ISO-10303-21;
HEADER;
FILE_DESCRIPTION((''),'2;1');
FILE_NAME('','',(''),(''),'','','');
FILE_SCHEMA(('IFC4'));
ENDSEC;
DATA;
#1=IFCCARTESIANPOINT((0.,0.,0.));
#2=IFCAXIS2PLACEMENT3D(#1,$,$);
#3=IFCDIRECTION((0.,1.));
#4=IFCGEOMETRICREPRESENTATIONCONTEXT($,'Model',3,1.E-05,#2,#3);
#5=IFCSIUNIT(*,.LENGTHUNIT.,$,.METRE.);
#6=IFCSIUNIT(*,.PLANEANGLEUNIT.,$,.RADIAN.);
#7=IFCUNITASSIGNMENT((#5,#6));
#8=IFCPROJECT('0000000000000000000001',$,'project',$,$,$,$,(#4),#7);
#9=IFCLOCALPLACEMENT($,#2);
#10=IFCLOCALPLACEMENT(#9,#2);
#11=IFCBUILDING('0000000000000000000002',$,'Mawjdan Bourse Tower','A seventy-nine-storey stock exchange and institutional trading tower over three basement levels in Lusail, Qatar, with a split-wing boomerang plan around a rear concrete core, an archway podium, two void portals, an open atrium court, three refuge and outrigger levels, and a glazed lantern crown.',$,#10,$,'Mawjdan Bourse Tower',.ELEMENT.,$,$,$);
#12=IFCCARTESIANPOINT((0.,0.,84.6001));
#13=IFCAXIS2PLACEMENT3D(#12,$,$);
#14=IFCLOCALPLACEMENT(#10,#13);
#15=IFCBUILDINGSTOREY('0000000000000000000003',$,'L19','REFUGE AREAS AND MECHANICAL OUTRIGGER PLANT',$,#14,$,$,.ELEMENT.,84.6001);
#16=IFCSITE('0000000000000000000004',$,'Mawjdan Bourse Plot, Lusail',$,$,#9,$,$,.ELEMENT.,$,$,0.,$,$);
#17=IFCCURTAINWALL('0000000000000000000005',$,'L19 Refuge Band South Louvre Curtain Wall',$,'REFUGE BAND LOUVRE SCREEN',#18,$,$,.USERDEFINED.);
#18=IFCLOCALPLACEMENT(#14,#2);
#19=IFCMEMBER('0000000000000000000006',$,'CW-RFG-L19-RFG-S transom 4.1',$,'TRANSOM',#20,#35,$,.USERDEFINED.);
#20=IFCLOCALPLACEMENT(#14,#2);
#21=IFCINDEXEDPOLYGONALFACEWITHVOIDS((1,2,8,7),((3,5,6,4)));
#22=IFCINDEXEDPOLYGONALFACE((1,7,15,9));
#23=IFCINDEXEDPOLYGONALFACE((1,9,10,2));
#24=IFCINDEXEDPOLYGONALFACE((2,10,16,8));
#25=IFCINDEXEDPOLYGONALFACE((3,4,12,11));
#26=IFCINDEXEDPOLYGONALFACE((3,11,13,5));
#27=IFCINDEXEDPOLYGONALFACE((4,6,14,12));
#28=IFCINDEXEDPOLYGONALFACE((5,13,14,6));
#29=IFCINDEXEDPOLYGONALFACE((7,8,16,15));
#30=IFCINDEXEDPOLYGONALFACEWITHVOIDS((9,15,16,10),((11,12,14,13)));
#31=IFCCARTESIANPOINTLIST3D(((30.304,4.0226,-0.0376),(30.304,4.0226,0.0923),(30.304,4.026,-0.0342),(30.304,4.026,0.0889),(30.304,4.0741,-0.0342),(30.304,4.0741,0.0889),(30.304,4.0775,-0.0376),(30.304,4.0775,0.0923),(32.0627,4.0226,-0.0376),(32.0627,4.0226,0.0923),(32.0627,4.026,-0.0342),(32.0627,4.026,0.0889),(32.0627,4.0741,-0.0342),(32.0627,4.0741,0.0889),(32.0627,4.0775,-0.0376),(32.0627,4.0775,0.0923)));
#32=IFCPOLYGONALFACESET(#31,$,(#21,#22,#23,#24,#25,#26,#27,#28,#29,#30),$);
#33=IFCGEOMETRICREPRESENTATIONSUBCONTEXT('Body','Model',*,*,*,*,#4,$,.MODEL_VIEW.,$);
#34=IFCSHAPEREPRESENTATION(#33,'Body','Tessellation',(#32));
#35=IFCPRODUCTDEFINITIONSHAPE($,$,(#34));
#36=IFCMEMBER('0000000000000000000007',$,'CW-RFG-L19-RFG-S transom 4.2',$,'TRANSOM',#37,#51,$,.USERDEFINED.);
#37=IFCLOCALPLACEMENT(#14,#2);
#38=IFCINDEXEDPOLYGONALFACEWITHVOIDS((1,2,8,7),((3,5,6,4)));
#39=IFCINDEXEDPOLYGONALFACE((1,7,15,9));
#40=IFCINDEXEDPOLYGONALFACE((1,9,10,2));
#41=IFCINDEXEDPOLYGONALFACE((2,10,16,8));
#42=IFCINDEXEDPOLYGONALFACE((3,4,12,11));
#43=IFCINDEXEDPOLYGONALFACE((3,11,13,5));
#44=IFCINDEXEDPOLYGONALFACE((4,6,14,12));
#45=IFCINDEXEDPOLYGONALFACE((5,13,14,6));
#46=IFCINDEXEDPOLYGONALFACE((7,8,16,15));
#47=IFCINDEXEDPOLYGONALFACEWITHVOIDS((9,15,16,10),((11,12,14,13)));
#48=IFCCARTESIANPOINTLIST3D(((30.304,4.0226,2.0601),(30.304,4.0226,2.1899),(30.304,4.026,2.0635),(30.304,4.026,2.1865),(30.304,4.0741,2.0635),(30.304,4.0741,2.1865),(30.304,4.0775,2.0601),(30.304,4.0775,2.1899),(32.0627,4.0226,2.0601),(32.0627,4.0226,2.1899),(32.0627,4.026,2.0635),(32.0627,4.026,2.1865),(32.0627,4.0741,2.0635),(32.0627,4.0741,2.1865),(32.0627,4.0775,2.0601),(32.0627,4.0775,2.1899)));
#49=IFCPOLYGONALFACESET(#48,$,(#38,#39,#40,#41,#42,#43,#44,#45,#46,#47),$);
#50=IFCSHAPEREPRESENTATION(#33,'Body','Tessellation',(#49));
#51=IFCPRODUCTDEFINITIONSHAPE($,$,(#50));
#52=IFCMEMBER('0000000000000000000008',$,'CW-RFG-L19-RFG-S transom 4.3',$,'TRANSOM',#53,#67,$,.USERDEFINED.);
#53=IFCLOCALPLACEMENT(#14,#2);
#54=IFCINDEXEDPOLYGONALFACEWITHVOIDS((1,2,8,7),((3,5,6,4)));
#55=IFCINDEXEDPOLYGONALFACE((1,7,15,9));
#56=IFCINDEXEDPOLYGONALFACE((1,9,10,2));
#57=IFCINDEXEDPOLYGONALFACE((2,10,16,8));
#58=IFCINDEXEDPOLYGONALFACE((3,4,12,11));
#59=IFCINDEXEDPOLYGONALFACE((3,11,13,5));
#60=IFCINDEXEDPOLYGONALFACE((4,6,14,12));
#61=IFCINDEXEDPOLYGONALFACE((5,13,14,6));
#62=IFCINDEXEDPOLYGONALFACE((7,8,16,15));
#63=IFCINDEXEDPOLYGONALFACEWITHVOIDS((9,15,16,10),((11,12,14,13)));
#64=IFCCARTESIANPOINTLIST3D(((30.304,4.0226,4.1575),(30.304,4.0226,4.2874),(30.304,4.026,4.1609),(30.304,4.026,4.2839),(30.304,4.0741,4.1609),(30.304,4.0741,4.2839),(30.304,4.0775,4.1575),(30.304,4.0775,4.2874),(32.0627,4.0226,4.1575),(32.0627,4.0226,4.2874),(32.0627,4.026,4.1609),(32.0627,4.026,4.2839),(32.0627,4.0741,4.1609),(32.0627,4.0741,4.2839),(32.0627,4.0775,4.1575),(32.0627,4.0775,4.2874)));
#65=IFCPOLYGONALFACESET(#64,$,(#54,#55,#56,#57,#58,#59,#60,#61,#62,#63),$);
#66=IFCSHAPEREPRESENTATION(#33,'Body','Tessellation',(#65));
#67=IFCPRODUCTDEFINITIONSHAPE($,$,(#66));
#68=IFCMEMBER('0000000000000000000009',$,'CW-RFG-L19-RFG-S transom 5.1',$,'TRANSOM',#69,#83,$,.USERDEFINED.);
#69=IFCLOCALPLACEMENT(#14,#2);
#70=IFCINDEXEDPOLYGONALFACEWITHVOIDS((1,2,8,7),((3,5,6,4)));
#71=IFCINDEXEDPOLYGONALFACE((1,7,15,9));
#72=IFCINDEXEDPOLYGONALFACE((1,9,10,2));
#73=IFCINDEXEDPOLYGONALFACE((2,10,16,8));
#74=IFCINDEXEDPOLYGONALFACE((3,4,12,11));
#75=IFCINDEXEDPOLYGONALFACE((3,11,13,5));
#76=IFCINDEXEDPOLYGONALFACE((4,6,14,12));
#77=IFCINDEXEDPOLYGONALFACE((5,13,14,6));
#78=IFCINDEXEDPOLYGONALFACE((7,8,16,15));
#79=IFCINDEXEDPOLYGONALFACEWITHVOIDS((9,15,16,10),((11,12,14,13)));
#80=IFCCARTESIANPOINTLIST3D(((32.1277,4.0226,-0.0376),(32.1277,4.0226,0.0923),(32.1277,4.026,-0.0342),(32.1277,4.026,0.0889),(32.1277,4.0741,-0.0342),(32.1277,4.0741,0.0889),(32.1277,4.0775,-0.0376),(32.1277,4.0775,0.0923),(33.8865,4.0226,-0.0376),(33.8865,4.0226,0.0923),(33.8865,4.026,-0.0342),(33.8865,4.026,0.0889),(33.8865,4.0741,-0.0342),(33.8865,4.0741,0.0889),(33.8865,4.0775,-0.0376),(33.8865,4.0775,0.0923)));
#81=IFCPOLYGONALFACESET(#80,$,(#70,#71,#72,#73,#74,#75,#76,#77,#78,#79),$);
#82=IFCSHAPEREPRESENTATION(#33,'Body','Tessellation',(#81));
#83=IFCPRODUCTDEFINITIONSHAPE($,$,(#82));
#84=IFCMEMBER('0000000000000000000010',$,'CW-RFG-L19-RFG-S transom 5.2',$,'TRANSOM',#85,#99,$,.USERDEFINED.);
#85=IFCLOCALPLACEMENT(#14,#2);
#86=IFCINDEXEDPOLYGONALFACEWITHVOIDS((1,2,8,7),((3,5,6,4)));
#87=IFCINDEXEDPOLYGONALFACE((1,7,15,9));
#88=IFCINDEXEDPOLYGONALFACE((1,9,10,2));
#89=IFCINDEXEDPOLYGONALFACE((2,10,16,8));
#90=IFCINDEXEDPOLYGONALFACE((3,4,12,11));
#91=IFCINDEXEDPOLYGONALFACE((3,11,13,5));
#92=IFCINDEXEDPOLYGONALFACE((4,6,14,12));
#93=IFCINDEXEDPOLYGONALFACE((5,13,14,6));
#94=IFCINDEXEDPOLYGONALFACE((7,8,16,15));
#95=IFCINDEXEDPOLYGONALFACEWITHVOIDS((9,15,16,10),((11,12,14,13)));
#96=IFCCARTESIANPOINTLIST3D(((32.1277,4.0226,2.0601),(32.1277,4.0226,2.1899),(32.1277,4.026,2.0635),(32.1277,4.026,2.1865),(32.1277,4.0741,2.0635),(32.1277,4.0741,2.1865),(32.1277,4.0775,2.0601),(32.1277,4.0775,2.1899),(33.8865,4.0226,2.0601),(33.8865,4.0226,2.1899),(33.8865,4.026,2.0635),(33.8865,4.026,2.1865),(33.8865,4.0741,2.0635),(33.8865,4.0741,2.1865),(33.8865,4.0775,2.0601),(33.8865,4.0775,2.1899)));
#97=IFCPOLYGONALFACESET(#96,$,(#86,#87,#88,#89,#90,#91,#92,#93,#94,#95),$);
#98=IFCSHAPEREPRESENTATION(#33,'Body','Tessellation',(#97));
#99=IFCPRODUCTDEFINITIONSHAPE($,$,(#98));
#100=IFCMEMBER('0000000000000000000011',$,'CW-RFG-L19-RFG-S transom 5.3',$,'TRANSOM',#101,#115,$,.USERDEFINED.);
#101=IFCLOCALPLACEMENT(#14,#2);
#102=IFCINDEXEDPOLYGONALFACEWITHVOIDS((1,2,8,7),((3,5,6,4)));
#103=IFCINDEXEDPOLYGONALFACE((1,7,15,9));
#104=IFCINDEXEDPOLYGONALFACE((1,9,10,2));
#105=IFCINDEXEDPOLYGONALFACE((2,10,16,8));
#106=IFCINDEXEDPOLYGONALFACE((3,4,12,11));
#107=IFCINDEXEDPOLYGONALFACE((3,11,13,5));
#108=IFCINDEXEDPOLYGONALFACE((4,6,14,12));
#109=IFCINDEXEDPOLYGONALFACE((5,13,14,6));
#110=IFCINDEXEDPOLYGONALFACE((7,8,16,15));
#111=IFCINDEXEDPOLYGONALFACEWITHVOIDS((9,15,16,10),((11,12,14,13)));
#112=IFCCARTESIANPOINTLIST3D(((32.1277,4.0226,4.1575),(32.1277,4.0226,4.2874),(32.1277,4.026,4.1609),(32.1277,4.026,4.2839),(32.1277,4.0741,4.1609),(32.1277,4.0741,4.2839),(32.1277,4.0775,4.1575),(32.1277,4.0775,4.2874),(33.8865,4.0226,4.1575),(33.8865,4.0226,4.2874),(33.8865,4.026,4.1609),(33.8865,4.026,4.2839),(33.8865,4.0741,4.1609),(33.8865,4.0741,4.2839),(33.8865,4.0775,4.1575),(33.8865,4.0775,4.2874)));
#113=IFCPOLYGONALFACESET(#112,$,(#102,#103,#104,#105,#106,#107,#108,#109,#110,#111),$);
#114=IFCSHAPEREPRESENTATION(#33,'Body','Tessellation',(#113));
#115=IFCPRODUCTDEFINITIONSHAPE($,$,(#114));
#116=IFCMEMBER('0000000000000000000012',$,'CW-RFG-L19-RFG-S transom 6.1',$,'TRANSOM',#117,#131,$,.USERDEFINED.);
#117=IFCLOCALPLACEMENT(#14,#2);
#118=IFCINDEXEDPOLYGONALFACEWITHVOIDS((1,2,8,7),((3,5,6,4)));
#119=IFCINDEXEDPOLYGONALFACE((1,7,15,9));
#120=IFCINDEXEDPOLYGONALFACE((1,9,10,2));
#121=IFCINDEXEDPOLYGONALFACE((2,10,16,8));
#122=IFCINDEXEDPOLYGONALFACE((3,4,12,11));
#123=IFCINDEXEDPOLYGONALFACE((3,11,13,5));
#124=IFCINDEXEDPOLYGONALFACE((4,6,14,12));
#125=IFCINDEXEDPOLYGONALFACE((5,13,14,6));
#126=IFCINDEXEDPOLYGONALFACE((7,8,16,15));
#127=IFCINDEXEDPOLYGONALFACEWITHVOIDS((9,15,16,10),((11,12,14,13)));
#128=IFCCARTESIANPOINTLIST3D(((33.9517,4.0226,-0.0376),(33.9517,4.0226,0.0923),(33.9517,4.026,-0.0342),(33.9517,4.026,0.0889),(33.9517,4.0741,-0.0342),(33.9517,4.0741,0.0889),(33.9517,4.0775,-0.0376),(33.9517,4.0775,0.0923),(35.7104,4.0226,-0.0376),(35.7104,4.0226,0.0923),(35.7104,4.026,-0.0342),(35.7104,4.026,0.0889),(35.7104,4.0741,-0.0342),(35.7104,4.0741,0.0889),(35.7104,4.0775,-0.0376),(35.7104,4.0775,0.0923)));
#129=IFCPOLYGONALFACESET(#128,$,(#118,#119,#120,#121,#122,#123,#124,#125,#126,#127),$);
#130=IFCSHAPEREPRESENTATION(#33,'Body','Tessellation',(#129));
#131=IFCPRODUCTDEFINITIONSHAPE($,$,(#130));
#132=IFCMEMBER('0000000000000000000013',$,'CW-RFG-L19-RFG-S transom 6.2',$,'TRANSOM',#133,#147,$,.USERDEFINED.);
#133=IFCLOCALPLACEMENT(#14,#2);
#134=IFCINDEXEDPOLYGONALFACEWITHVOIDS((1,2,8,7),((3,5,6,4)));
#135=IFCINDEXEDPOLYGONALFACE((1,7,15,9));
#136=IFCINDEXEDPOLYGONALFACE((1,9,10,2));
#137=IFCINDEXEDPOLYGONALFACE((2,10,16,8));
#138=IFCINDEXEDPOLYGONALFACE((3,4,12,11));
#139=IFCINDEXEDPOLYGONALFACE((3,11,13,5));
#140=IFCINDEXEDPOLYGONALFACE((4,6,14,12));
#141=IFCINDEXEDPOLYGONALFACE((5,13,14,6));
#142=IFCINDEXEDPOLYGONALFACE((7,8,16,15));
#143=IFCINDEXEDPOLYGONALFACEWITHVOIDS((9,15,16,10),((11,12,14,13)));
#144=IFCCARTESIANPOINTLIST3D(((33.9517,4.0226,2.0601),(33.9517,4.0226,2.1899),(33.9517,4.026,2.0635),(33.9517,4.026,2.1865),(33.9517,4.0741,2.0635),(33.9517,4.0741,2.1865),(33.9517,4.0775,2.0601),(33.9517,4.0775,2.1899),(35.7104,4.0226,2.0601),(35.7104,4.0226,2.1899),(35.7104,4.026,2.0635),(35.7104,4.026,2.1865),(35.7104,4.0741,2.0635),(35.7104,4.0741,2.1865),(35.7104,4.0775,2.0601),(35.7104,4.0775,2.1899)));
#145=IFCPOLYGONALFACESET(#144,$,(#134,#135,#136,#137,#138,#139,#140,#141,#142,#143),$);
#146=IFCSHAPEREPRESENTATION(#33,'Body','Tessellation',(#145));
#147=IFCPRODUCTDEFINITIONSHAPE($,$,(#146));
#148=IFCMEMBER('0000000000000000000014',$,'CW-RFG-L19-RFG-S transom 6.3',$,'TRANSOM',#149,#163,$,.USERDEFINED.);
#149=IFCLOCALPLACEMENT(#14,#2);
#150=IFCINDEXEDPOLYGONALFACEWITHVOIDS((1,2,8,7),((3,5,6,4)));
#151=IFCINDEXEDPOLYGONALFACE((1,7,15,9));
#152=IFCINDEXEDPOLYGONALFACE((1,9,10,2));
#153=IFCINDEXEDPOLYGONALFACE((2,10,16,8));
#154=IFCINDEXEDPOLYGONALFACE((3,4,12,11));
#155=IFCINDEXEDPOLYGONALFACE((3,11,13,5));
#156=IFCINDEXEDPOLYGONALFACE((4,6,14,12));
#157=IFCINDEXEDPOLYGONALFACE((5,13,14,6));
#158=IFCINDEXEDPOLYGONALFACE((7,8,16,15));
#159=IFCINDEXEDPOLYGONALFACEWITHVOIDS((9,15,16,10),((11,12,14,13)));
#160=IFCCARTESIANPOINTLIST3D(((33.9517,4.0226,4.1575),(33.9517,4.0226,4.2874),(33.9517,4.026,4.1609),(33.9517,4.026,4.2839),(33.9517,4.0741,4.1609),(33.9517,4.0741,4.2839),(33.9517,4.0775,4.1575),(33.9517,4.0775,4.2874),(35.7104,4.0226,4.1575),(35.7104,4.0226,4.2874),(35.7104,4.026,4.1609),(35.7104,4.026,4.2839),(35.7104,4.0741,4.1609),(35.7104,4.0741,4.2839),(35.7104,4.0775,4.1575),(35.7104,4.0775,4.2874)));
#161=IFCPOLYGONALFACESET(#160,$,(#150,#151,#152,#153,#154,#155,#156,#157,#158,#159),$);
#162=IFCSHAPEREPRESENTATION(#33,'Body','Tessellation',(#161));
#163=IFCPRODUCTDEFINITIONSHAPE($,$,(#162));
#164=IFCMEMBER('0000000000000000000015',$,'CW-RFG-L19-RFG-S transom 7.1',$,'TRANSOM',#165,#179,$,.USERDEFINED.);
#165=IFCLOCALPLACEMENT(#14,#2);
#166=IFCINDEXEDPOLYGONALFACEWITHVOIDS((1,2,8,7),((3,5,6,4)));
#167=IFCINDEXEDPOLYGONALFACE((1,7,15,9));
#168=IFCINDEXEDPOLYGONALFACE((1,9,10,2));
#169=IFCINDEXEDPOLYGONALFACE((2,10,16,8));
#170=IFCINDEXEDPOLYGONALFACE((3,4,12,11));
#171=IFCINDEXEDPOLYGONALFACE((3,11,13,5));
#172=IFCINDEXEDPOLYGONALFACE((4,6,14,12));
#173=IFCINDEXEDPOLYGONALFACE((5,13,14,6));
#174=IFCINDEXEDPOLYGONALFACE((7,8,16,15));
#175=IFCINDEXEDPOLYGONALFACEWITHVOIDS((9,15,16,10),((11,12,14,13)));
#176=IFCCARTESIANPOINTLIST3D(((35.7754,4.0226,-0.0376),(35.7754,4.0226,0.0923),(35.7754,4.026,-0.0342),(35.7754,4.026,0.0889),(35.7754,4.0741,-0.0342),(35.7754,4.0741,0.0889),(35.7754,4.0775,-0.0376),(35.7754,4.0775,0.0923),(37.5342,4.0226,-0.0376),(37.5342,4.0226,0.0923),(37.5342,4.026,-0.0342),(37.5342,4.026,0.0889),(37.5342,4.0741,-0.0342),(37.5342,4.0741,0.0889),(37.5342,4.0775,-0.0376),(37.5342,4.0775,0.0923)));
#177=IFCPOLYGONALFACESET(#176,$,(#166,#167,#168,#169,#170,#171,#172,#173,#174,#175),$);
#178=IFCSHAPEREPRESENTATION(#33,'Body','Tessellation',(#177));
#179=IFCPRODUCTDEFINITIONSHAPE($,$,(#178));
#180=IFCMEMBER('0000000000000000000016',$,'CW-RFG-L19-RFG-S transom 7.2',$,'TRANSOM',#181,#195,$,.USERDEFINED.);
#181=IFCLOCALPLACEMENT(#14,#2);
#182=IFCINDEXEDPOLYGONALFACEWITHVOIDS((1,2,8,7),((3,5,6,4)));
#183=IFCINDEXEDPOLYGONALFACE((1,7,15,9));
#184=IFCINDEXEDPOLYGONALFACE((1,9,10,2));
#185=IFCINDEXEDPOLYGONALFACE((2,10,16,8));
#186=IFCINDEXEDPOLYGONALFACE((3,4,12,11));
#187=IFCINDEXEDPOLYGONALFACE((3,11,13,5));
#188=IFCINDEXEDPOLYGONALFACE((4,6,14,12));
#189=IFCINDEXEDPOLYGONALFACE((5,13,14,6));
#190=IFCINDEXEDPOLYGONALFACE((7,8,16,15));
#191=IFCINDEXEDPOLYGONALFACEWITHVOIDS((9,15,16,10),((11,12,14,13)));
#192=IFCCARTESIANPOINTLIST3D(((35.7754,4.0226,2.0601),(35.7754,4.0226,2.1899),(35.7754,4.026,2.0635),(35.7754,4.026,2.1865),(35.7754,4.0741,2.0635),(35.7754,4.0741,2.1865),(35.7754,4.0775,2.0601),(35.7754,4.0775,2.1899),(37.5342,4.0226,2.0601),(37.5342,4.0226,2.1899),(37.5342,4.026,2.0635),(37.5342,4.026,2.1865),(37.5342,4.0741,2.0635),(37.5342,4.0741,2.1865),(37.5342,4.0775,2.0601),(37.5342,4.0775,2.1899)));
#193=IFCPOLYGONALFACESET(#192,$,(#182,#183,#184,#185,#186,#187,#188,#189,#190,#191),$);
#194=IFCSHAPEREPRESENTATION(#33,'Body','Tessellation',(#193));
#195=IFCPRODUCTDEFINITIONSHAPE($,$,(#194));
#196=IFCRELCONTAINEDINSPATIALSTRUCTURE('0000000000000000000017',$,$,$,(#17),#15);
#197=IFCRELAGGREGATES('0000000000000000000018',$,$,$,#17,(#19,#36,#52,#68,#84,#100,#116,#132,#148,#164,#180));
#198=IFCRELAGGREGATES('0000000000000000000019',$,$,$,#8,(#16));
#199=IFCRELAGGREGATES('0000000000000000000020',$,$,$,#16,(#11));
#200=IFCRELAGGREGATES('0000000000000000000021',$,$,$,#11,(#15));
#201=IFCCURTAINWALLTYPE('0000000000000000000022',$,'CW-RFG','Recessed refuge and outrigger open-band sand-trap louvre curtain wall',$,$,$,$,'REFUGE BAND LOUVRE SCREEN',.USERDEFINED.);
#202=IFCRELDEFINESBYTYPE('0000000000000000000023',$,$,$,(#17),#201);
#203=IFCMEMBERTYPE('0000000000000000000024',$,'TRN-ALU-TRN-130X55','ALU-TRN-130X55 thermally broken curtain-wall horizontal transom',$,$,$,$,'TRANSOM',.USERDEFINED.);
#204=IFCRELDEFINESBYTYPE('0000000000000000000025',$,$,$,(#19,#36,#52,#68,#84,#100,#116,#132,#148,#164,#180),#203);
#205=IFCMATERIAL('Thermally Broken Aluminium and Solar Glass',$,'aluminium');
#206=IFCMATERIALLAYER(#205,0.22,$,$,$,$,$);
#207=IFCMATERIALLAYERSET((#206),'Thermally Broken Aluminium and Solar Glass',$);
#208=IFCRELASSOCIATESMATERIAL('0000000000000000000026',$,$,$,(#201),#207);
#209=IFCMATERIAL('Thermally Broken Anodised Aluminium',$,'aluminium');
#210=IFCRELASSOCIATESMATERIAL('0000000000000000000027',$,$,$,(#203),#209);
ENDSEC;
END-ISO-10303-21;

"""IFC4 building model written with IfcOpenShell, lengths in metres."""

from ifc_helpers import new_model, si_unit, direction, frame, origin, origin_2d, place, context, subcontext, project, spatial, hollow_rectangle, extrude, material, layer, layer_set, material_profile, profile_set, type_object, element, aggregate, save


model = new_model("IFC4")

# Units and contexts
model_context = context("Model", 3, precision=1e-05, world=origin(), true_north=direction((0.0, 1.0)))
body_context = subcontext(model_context, "Body", "Model", "MODEL_VIEW")
ifc_project = project(units=[si_unit("LENGTHUNIT", "METRE"), si_unit("PLANEANGLEUNIT", "RADIAN")], contexts=[model_context])

# Site, building, storey
site_placement = place(None, origin())
site = spatial("IfcSite", under=ifc_project, at=site_placement, Name="Mawjdan Bourse Plot, Lusail", CompositionType="ELEMENT", RefElevation=0.0)
building_placement = place(site_placement, origin())
building = spatial("IfcBuilding", under=site, at=building_placement, Name="Mawjdan Bourse Tower", Description="A seventy-nine-storey stock exchange and institutional trading tower over three basement levels in Lusail, Qatar, with a split-wing boomerang plan around a rear concrete core, an archway podium, two void portals, an open atrium court, three refuge and outrigger levels, and a glazed lantern crown.", LongName="Mawjdan Bourse Tower", CompositionType="ELEMENT")
storey_placement = place(building_placement, frame((0.0, 0.0, 84.6001)))
storey = spatial("IfcBuildingStorey", under=building, at=storey_placement, Name="L19", Description="REFUGE AREAS AND MECHANICAL OUTRIGGER PLANT", CompositionType="ELEMENT", Elevation=84.6001)

# Curtain wall
ifc_material_1 = material(Name="Thermally Broken Aluminium and Solar Glass", Category="aluminium")
ifc_layer_1 = layer(ifc_material_1, 0.22)
ifc_layer_set_1 = layer_set([ifc_layer_1], Name="Thermally Broken Aluminium and Solar Glass")
curtain_wall_type = type_object("IfcCurtainWallType", Name="CW-RFG", Description="Recessed refuge and outrigger open-band sand-trap louvre curtain wall", ElementType="REFUGE BAND LOUVRE SCREEN", PredefinedType="USERDEFINED", material=ifc_layer_set_1)
curtain_wall_placement = place(storey_placement, origin())
curtain_wall = element("IfcCurtainWall", 1, at=curtain_wall_placement, inside=storey, type_object=curtain_wall_type, Name="L19 Refuge Band South Louvre Curtain Wall", ObjectType="REFUGE BAND LOUVRE SCREEN", PredefinedType="USERDEFINED")
ifc_material_2 = material(Name="Thermally Broken Anodised Aluminium", Category="aluminium")

# Members
ifc_material_profile_1 = material_profile(ifc_material_2, hollow_rectangle(XDim=0.0549, YDim=0.1299, WallThickness=0.0034, at=origin_2d()), Name="ALU-TRN-130X55")
ifc_profile_set_1 = profile_set([ifc_material_profile_1], Name="Thermally Broken Anodised Aluminium")
member_type_1 = type_object("IfcMemberType", Name="TRN-ALU-TRN-130X55", Description="ALU-TRN-130X55 thermally broken curtain-wall horizontal transom", ElementType="TRANSOM", PredefinedType="USERDEFINED", material=ifc_profile_set_1)
member_1_placement = place(storey_placement, frame((30.304, 4.05, 0.0273), z_axis=(1.0, 0.0, 0.0), x_axis=(0.0, 1.0, 0.0)))
member_1 = element("IfcMember", 2, at=member_1_placement, type_object=member_type_1, Name="CW-RFG-L19-RFG-S transom 4.1", ObjectType="TRANSOM", PredefinedType="USERDEFINED", context=body_context, shape_type="SweptSolid", body=[
    extrude(hollow_rectangle(XDim=0.0549, YDim=0.1299, WallThickness=0.0034, at=origin_2d()), origin(), (0.0, 0.0, 1.0), 1.7588),
])
member_2_placement = place(storey_placement, frame((30.304, 4.05, 2.125), z_axis=(1.0, 0.0, 0.0), x_axis=(0.0, 1.0, 0.0)))
member_2 = element("IfcMember", 3, at=member_2_placement, type_object=member_type_1, Name="CW-RFG-L19-RFG-S transom 4.2", ObjectType="TRANSOM", PredefinedType="USERDEFINED", context=body_context, shape_type="SweptSolid", body=[
    extrude(hollow_rectangle(XDim=0.0549, YDim=0.1299, WallThickness=0.0034, at=origin_2d()), origin(), (0.0, 0.0, 1.0), 1.7588),
])
member_3_placement = place(storey_placement, frame((30.304, 4.05, 4.2224), z_axis=(1.0, 0.0, 0.0), x_axis=(0.0, 1.0, 0.0)))
member_3 = element("IfcMember", 4, at=member_3_placement, type_object=member_type_1, Name="CW-RFG-L19-RFG-S transom 4.3", ObjectType="TRANSOM", PredefinedType="USERDEFINED", context=body_context, shape_type="SweptSolid", body=[
    extrude(hollow_rectangle(XDim=0.0549, YDim=0.1299, WallThickness=0.0034, at=origin_2d()), origin(), (0.0, 0.0, 1.0), 1.7588),
])
member_4_placement = place(storey_placement, frame((32.1277, 4.05, 0.0273), z_axis=(1.0, 0.0, 0.0), x_axis=(0.0, 1.0, 0.0)))
member_4 = element("IfcMember", 5, at=member_4_placement, type_object=member_type_1, Name="CW-RFG-L19-RFG-S transom 5.1", ObjectType="TRANSOM", PredefinedType="USERDEFINED", context=body_context, shape_type="SweptSolid", body=[
    extrude(hollow_rectangle(XDim=0.0549, YDim=0.1299, WallThickness=0.0034, at=origin_2d()), origin(), (0.0, 0.0, 1.0), 1.7588),
])
member_5_placement = place(storey_placement, frame((32.1277, 4.05, 2.125), z_axis=(1.0, 0.0, 0.0), x_axis=(0.0, 1.0, 0.0)))
member_5 = element("IfcMember", 6, at=member_5_placement, type_object=member_type_1, Name="CW-RFG-L19-RFG-S transom 5.2", ObjectType="TRANSOM", PredefinedType="USERDEFINED", context=body_context, shape_type="SweptSolid", body=[
    extrude(hollow_rectangle(XDim=0.0549, YDim=0.1299, WallThickness=0.0034, at=origin_2d()), origin(), (0.0, 0.0, 1.0), 1.7588),
])
member_6_placement = place(storey_placement, frame((32.1277, 4.05, 4.2224), z_axis=(1.0, 0.0, 0.0), x_axis=(0.0, 1.0, 0.0)))
member_6 = element("IfcMember", 7, at=member_6_placement, type_object=member_type_1, Name="CW-RFG-L19-RFG-S transom 5.3", ObjectType="TRANSOM", PredefinedType="USERDEFINED", context=body_context, shape_type="SweptSolid", body=[
    extrude(hollow_rectangle(XDim=0.0549, YDim=0.1299, WallThickness=0.0034, at=origin_2d()), origin(), (0.0, 0.0, 1.0), 1.7588),
])
member_7_placement = place(storey_placement, frame((33.9517, 4.05, 0.0273), z_axis=(1.0, 0.0, 0.0), x_axis=(0.0, 1.0, 0.0)))
member_7 = element("IfcMember", 8, at=member_7_placement, type_object=member_type_1, Name="CW-RFG-L19-RFG-S transom 6.1", ObjectType="TRANSOM", PredefinedType="USERDEFINED", context=body_context, shape_type="SweptSolid", body=[
    extrude(hollow_rectangle(XDim=0.0549, YDim=0.1299, WallThickness=0.0034, at=origin_2d()), origin(), (0.0, 0.0, 1.0), 1.7588),
])
member_8_placement = place(storey_placement, frame((33.9517, 4.05, 2.125), z_axis=(1.0, 0.0, 0.0), x_axis=(0.0, 1.0, 0.0)))
member_8 = element("IfcMember", 9, at=member_8_placement, type_object=member_type_1, Name="CW-RFG-L19-RFG-S transom 6.2", ObjectType="TRANSOM", PredefinedType="USERDEFINED", context=body_context, shape_type="SweptSolid", body=[
    extrude(hollow_rectangle(XDim=0.0549, YDim=0.1299, WallThickness=0.0034, at=origin_2d()), origin(), (0.0, 0.0, 1.0), 1.7588),
])
member_9_placement = place(storey_placement, frame((33.9517, 4.05, 4.2224), z_axis=(1.0, 0.0, 0.0), x_axis=(0.0, 1.0, 0.0)))
member_9 = element("IfcMember", 10, at=member_9_placement, type_object=member_type_1, Name="CW-RFG-L19-RFG-S transom 6.3", ObjectType="TRANSOM", PredefinedType="USERDEFINED", context=body_context, shape_type="SweptSolid", body=[
    extrude(hollow_rectangle(XDim=0.0549, YDim=0.1299, WallThickness=0.0034, at=origin_2d()), origin(), (0.0, 0.0, 1.0), 1.7588),
])
member_10_placement = place(storey_placement, frame((35.7754, 4.05, 0.0273), z_axis=(1.0, 0.0, 0.0), x_axis=(0.0, 1.0, 0.0)))
member_10 = element("IfcMember", 11, at=member_10_placement, type_object=member_type_1, Name="CW-RFG-L19-RFG-S transom 7.1", ObjectType="TRANSOM", PredefinedType="USERDEFINED", context=body_context, shape_type="SweptSolid", body=[
    extrude(hollow_rectangle(XDim=0.0549, YDim=0.1299, WallThickness=0.0034, at=origin_2d()), origin(), (0.0, 0.0, 1.0), 1.7588),
])
member_11_placement = place(storey_placement, frame((35.7754, 4.05, 2.125), z_axis=(1.0, 0.0, 0.0), x_axis=(0.0, 1.0, 0.0)))
member_11 = element("IfcMember", 12, at=member_11_placement, type_object=member_type_1, Name="CW-RFG-L19-RFG-S transom 7.2", ObjectType="TRANSOM", PredefinedType="USERDEFINED", context=body_context, shape_type="SweptSolid", body=[
    extrude(hollow_rectangle(XDim=0.0549, YDim=0.1299, WallThickness=0.0034, at=origin_2d()), origin(), (0.0, 0.0, 1.0), 1.7588),
])

aggregate(curtain_wall, [member_1, member_2, member_3, member_4, member_5, member_6, member_7, member_8, member_9, member_10, member_11])

save(model, "model.ifc")
